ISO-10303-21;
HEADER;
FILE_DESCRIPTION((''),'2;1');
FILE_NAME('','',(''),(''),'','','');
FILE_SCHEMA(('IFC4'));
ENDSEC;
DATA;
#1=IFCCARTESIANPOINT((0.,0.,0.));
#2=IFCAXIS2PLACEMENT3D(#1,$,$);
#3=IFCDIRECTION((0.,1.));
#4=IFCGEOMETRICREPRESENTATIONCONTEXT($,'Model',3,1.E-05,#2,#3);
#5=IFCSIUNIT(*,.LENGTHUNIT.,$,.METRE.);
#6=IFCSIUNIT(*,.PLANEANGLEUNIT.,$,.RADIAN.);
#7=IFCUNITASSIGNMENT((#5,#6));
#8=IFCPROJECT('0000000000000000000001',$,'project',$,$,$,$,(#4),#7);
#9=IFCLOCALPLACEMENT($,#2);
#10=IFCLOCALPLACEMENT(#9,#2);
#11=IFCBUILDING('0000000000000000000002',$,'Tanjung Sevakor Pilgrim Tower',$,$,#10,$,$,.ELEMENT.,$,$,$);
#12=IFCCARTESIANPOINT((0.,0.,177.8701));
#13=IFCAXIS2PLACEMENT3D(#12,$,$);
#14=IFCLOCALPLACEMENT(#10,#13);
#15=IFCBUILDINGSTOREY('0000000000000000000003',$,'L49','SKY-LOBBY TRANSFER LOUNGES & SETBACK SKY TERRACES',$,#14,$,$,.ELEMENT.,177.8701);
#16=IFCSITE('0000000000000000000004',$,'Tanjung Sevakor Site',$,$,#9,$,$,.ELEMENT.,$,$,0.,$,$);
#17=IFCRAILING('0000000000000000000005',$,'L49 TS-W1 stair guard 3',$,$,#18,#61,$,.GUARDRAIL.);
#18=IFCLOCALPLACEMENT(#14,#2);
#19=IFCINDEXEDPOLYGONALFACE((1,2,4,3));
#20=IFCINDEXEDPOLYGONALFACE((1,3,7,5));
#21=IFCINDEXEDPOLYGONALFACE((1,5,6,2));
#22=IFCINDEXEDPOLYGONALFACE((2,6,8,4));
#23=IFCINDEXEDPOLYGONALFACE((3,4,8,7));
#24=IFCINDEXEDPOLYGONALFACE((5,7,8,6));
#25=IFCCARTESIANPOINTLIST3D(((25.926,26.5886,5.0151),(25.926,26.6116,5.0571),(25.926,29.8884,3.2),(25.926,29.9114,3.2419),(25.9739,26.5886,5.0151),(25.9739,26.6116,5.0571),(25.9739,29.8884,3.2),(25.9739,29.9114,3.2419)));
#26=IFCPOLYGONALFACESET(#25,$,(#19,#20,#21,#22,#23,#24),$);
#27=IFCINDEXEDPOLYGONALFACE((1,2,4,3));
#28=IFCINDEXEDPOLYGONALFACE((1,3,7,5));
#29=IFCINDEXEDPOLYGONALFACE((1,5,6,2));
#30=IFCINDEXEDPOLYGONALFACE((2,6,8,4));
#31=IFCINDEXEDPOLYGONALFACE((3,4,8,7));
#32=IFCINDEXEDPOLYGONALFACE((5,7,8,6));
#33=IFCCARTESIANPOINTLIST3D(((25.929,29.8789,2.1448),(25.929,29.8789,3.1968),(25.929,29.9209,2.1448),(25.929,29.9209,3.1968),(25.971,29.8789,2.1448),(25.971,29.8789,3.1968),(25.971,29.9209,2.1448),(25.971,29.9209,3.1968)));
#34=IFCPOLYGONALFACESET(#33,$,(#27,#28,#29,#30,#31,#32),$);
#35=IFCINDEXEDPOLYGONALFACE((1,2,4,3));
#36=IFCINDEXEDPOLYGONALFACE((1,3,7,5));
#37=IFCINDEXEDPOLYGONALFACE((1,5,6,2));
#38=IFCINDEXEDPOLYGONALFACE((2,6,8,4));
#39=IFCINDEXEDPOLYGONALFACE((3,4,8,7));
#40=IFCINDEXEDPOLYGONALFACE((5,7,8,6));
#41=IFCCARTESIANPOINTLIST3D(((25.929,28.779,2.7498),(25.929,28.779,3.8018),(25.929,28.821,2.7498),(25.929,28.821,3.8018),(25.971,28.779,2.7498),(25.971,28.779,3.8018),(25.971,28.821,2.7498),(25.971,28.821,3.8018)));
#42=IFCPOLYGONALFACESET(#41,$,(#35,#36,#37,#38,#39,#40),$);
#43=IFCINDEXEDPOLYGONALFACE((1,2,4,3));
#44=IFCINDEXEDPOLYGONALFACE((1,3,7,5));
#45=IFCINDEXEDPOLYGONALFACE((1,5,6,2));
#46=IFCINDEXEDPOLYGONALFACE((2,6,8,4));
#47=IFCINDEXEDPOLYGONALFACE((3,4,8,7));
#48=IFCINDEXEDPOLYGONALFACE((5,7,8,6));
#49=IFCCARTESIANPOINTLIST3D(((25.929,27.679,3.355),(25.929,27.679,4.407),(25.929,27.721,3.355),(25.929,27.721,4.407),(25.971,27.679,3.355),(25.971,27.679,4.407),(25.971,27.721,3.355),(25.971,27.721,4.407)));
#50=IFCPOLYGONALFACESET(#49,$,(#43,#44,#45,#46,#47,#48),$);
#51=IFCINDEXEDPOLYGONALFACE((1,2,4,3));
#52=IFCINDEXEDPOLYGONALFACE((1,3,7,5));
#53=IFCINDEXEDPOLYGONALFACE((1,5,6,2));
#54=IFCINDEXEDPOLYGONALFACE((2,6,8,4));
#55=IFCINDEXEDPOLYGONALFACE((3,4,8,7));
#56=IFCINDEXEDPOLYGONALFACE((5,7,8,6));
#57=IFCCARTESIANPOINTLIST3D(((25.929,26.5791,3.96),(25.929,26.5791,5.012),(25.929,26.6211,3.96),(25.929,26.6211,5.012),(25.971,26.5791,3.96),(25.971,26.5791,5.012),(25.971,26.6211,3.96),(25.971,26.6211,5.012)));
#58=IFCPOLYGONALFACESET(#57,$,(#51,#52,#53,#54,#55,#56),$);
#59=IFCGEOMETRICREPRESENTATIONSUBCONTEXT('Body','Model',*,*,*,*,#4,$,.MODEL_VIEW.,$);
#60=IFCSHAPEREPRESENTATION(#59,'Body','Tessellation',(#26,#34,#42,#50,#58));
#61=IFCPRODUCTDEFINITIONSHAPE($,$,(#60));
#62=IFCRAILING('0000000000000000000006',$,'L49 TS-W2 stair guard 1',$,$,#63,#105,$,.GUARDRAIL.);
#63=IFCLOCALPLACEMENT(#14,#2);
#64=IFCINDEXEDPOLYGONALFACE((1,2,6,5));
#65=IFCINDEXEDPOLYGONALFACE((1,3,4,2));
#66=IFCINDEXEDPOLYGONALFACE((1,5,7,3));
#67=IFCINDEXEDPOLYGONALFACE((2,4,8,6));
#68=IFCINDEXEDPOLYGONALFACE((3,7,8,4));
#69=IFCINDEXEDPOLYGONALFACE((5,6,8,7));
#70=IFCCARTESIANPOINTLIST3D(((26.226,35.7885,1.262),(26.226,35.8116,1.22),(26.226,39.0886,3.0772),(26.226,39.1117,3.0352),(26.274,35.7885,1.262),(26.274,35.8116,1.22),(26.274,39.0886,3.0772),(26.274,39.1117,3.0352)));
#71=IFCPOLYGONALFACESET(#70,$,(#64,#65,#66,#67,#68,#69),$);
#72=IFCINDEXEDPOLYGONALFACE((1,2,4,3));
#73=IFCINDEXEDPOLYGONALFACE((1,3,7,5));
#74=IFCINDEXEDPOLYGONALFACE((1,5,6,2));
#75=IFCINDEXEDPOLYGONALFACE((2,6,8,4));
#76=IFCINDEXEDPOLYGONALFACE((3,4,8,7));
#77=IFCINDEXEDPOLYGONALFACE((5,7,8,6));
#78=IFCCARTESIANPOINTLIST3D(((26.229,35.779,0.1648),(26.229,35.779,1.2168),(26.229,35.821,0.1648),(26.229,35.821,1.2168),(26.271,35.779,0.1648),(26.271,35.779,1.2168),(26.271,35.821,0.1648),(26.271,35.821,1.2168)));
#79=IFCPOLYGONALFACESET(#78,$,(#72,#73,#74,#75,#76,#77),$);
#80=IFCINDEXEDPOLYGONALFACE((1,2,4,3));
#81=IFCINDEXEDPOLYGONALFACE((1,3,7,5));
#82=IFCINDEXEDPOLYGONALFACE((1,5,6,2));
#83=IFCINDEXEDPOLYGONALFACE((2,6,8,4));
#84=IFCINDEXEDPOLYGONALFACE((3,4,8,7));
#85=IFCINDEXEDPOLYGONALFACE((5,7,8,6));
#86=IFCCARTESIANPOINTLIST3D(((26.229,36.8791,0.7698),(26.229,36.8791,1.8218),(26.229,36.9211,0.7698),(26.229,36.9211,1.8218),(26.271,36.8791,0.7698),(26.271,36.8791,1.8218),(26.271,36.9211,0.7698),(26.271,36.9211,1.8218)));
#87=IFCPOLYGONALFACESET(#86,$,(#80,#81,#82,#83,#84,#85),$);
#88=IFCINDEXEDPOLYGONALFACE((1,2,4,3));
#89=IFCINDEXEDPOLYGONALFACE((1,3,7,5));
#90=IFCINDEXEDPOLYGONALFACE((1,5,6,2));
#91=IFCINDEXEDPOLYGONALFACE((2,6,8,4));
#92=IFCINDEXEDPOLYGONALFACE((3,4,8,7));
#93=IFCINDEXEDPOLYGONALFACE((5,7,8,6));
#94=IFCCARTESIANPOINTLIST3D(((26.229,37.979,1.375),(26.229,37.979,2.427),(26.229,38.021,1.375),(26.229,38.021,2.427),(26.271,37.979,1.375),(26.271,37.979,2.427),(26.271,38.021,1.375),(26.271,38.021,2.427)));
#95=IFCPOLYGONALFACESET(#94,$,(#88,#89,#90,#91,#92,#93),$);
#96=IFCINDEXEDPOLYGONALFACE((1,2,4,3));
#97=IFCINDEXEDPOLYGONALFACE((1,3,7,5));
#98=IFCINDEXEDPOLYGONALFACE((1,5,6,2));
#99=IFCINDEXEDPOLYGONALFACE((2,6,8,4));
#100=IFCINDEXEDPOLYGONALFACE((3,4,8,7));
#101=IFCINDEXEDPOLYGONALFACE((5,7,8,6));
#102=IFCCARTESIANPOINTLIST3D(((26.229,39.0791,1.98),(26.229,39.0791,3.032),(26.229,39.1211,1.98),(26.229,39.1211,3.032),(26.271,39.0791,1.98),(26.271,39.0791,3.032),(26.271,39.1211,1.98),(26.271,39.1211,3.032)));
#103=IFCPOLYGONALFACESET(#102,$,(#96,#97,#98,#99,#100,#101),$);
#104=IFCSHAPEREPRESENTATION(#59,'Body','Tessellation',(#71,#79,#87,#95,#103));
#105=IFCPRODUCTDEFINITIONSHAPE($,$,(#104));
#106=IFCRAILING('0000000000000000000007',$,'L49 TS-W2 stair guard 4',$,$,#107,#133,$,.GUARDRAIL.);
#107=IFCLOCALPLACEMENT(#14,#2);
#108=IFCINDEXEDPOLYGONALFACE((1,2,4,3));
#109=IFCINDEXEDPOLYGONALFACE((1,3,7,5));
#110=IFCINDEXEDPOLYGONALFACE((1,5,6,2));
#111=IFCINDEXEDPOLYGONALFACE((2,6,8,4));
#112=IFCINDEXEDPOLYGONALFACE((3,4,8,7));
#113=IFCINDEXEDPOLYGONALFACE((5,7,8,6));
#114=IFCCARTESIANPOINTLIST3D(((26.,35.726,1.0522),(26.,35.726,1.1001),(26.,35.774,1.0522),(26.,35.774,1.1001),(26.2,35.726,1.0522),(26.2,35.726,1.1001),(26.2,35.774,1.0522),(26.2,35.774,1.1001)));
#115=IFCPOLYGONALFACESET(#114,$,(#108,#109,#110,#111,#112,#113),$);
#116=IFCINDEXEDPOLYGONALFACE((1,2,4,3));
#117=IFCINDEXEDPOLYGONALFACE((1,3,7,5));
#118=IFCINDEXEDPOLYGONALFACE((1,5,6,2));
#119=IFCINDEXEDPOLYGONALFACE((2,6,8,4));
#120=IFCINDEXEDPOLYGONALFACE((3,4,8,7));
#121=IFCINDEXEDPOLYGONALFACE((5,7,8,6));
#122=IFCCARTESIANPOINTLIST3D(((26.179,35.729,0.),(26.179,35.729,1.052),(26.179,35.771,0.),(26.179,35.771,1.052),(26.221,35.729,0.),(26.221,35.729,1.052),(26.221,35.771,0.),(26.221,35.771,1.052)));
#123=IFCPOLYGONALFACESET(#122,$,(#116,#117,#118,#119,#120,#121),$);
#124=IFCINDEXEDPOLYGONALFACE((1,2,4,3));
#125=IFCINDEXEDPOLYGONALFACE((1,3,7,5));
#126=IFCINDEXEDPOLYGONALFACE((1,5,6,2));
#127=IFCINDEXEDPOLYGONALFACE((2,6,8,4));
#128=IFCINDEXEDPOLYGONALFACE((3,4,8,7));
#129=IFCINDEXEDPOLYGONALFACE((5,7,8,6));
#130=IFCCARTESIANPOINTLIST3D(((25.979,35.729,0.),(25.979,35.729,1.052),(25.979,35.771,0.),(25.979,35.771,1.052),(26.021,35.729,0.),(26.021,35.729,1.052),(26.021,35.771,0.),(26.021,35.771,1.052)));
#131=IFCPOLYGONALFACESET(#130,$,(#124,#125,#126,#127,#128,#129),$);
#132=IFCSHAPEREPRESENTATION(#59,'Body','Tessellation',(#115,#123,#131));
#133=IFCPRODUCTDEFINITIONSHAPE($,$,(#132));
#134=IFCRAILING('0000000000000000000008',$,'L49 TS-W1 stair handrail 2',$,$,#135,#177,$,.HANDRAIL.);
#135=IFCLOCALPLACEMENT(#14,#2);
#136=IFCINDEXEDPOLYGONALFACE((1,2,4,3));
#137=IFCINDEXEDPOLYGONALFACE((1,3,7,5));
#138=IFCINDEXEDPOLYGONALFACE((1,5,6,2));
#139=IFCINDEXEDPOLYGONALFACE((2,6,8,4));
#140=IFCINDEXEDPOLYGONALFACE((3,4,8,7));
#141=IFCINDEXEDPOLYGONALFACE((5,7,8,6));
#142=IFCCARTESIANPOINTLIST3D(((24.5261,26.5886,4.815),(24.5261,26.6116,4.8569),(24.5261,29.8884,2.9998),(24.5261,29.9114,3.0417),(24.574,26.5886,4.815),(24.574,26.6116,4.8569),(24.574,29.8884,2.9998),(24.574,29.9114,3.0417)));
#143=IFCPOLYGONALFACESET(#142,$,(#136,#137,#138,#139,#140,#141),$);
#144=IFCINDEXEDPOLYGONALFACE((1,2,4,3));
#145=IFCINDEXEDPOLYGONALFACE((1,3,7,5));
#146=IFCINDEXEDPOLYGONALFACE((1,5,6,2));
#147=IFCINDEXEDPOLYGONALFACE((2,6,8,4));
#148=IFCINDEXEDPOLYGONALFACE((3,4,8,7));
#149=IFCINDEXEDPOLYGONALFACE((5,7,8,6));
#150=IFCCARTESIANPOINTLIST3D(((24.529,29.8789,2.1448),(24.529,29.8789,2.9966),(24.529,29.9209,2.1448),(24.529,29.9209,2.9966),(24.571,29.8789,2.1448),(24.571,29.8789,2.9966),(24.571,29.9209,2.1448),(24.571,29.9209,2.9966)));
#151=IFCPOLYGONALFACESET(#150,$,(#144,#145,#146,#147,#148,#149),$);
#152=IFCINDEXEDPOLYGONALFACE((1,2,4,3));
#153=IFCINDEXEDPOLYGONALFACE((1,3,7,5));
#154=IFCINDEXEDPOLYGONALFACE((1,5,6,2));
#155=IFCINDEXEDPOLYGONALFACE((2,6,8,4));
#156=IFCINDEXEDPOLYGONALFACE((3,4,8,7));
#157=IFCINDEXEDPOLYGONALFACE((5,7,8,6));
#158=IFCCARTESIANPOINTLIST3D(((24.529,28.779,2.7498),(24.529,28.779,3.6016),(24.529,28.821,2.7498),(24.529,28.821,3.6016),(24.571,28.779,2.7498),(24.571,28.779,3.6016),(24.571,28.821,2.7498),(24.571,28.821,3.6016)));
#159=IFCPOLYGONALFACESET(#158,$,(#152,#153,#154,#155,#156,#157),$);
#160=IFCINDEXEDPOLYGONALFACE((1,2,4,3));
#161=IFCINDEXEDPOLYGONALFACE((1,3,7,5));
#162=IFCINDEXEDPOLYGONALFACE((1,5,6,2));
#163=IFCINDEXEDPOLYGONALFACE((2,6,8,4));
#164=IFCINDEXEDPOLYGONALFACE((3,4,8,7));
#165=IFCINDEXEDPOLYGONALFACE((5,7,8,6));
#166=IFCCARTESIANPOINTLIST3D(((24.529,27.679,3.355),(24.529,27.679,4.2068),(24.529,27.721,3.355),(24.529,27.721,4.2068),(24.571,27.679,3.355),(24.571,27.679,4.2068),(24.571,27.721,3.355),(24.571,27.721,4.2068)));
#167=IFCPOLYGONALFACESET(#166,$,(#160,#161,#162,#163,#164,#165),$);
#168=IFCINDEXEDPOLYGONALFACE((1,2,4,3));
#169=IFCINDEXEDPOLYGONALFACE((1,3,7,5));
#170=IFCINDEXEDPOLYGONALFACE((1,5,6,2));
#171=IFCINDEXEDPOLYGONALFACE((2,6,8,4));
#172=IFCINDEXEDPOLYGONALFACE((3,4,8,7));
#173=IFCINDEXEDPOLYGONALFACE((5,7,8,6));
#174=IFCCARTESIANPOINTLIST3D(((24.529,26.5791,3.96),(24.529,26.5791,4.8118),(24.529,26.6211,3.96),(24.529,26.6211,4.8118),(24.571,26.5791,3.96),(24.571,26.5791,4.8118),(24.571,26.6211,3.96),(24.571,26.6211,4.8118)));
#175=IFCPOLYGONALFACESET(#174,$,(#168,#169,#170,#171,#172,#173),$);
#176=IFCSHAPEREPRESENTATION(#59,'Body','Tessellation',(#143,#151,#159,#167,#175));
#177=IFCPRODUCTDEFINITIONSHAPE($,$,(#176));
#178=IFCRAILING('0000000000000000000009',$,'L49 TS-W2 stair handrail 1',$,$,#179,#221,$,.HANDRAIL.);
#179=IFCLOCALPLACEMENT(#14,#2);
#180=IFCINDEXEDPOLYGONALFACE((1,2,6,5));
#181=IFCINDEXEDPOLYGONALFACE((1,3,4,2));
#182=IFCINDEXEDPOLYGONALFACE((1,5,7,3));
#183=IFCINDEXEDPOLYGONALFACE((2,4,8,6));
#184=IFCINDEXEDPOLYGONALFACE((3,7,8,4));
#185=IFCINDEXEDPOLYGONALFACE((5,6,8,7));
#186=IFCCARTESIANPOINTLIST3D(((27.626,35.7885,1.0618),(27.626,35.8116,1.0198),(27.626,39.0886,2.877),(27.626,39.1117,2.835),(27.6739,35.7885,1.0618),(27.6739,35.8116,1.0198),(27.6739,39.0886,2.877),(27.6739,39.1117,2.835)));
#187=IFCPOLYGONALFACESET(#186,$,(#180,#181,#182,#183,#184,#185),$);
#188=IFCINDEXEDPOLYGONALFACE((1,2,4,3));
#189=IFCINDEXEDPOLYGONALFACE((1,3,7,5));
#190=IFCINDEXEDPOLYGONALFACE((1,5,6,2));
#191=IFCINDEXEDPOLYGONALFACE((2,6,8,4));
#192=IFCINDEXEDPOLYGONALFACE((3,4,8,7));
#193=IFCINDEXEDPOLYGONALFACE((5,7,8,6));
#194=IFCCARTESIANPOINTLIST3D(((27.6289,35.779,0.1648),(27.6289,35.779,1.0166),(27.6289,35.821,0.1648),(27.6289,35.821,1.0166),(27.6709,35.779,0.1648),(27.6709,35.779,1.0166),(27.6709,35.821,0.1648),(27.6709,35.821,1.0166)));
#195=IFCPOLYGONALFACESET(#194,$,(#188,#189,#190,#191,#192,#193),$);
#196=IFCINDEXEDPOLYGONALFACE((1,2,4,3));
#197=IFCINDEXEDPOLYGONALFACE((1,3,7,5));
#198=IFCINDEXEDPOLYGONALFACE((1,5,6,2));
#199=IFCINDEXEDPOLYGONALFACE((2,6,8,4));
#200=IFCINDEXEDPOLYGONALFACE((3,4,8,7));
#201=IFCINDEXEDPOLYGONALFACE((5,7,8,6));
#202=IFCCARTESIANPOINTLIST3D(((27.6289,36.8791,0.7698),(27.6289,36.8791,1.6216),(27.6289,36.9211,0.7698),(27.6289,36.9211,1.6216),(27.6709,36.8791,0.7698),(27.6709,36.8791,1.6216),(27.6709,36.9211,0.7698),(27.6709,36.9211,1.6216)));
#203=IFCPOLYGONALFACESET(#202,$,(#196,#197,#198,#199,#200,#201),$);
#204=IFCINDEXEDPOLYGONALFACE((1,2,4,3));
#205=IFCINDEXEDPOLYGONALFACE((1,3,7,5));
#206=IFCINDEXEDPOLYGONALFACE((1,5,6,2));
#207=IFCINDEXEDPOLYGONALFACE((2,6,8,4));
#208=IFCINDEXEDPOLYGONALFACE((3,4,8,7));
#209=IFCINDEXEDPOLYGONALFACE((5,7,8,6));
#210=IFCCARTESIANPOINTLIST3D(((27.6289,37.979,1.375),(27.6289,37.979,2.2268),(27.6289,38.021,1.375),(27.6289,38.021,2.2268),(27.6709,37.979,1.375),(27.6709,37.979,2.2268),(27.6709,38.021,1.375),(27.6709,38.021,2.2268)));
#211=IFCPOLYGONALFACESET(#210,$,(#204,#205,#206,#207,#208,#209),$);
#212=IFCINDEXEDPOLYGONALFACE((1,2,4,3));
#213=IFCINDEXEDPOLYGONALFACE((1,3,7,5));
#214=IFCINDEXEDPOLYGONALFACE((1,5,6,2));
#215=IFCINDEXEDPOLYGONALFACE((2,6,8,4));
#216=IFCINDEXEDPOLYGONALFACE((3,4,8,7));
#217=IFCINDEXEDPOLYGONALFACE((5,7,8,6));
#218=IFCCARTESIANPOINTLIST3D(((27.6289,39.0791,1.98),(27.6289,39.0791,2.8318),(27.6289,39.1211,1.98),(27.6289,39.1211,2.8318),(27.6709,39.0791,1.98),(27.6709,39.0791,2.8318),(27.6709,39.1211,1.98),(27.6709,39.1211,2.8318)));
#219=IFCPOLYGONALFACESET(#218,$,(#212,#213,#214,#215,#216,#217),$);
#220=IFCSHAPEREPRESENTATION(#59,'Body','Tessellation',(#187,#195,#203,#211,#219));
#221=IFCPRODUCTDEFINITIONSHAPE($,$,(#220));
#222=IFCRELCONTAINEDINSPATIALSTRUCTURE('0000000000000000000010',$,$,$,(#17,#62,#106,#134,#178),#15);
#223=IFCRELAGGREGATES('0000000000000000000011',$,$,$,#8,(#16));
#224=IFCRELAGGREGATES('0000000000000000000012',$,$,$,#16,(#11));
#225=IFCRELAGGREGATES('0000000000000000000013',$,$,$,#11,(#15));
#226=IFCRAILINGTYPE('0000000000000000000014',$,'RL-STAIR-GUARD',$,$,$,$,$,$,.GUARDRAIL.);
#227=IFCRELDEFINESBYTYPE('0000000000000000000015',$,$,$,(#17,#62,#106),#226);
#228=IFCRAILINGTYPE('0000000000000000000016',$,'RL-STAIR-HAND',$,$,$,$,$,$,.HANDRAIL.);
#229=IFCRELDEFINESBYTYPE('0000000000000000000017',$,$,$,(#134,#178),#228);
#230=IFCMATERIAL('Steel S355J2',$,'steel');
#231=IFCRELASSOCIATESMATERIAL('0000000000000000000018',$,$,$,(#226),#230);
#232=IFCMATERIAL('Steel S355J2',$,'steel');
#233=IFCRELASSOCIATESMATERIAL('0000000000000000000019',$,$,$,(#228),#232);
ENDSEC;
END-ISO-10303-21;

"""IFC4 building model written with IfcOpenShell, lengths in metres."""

from ifc_helpers import new_model, si_unit, direction, frame, origin, place, context, subcontext, project, spatial, rectangle, extrude, material, type_object, element, save


model = new_model("IFC4")

# Units and contexts
model_context = context("Model", 3, precision=1e-05, world=origin(), true_north=direction((0.0, 1.0)))
body_context = subcontext(model_context, "Body", "Model", "MODEL_VIEW")
ifc_project = project(units=[si_unit("LENGTHUNIT", "METRE"), si_unit("PLANEANGLEUNIT", "RADIAN")], contexts=[model_context])

# Site, building, storey
site_placement = place(None, origin())
site = spatial("IfcSite", under=ifc_project, at=site_placement, Name="Tanjung Sevakor Site", CompositionType="ELEMENT", RefElevation=0.0)
building_placement = place(site_placement, origin())
building = spatial("IfcBuilding", under=site, at=building_placement, Name="Tanjung Sevakor Pilgrim Tower", CompositionType="ELEMENT")
storey_placement = place(building_placement, frame((0.0, 0.0, 177.8701)))
storey = spatial("IfcBuildingStorey", under=building, at=storey_placement, Name="L49", Description="SKY-LOBBY TRANSFER LOUNGES & SETBACK SKY TERRACES", CompositionType="ELEMENT", Elevation=177.8701)

# Railings
ifc_material_1 = material(Name="Steel S355J2", Category="steel")
railing_type_1 = type_object("IfcRailingType", Name="RL-STAIR-GUARD", PredefinedType="GUARDRAIL", material=ifc_material_1)
railing_1_placement = place(storey_placement, frame((25.95, 29.8999, 2.1448)))
element("IfcRailing", 1, at=railing_1_placement, inside=storey, type_object=railing_type_1, Name="L49 TS-W1 stair guard 3", PredefinedType="GUARDRAIL", context=body_context, shape_type="SweptSolid", body=[
    extrude(rectangle(XDim=0.0479, YDim=0.0479), frame((0.0, 0.0, 1.0762), z_axis=(0.0, -0.876183, 0.481978), x_axis=(1.0, 0.0, 0.0)), (0.0, 0.0, 1.0), 3.7661),
    extrude(rectangle(XDim=0.042, YDim=0.042), origin(), (0.0, 0.0, 1.0), 1.052),
    extrude(rectangle(XDim=0.042, YDim=0.042), frame((0.0, -1.0999, 0.605)), (0.0, 0.0, 1.0), 1.052),
    extrude(rectangle(XDim=0.042, YDim=0.042), frame((0.0, -2.2, 1.2102)), (0.0, 0.0, 1.0), 1.052),
    extrude(rectangle(XDim=0.042, YDim=0.042), frame((0.0, -3.2998, 1.8152)), (0.0, 0.0, 1.0), 1.052),
])
railing_2_placement = place(storey_placement, frame((26.25, 35.8, 0.1648)))
element("IfcRailing", 2, at=railing_2_placement, inside=storey, type_object=railing_type_1, Name="L49 TS-W2 stair guard 1", PredefinedType="GUARDRAIL", context=body_context, shape_type="SweptSolid", body=[
    extrude(rectangle(XDim=0.0479, YDim=0.0479), frame((0.0, 0.0, 1.0762), z_axis=(0.0, 0.876198, 0.481951), x_axis=(-1.0, 0.0, 0.0)), (0.0, 0.0, 1.0), 3.7664),
    extrude(rectangle(XDim=0.042, YDim=0.042), origin(), (0.0, 0.0, 1.0), 1.052),
    extrude(rectangle(XDim=0.042, YDim=0.042), frame((0.0, 1.1001, 0.605)), (0.0, 0.0, 1.0), 1.052),
    extrude(rectangle(XDim=0.042, YDim=0.042), frame((0.0, 2.2, 1.2102)), (0.0, 0.0, 1.0), 1.052),
    extrude(rectangle(XDim=0.042, YDim=0.042), frame((0.0, 3.3, 1.8152)), (0.0, 0.0, 1.0), 1.052),
])
railing_3_placement = place(storey_placement, frame((26.2, 35.75, 0.0)))
element("IfcRailing", 3, at=railing_3_placement, inside=storey, type_object=railing_type_1, Name="L49 TS-W2 stair guard 4", PredefinedType="GUARDRAIL", context=body_context, shape_type="SweptSolid", body=[
    extrude(rectangle(XDim=0.0479, YDim=0.0479), frame((0.0, 0.0, 1.0762), z_axis=(-1.0, 0.0, 0.0), x_axis=(0.0, -1.0, 0.0)), (0.0, 0.0, 1.0), 0.2),
    extrude(rectangle(XDim=0.042, YDim=0.042), origin(), (0.0, 0.0, 1.0), 1.052),
    extrude(rectangle(XDim=0.042, YDim=0.042), frame((-0.2, 0.0, 0.0)), (0.0, 0.0, 1.0), 1.052),
])
ifc_material_2 = material(Name="Steel S355J2", Category="steel")
railing_type_2 = type_object("IfcRailingType", Name="RL-STAIR-HAND", PredefinedType="HANDRAIL", material=ifc_material_2)
railing_4_placement = place(storey_placement, frame((24.55, 29.8999, 2.1448)))
element("IfcRailing", 4, at=railing_4_placement, inside=storey, type_object=railing_type_2, Name="L49 TS-W1 stair handrail 2", PredefinedType="HANDRAIL", context=body_context, shape_type="SweptSolid", body=[
    extrude(rectangle(XDim=0.0479, YDim=0.0479), frame((0.0, 0.0, 0.876), z_axis=(0.0, -0.876183, 0.481978), x_axis=(1.0, 0.0, 0.0)), (0.0, 0.0, 1.0), 3.7661),
    extrude(rectangle(XDim=0.042, YDim=0.042), origin(), (0.0, 0.0, 1.0), 0.8518),
    extrude(rectangle(XDim=0.042, YDim=0.042), frame((0.0, -1.0999, 0.605)), (0.0, 0.0, 1.0), 0.8518),
    extrude(rectangle(XDim=0.042, YDim=0.042), frame((0.0, -2.2, 1.2102)), (0.0, 0.0, 1.0), 0.8518),
    extrude(rectangle(XDim=0.042, YDim=0.042), frame((0.0, -3.2998, 1.8152)), (0.0, 0.0, 1.0), 0.8518),
])
railing_5_placement = place(storey_placement, frame((27.6499, 35.8, 0.1648)))
element("IfcRailing", 5, at=railing_5_placement, inside=storey, type_object=railing_type_2, Name="L49 TS-W2 stair handrail 1", PredefinedType="HANDRAIL", context=body_context, shape_type="SweptSolid", body=[
    extrude(rectangle(XDim=0.0479, YDim=0.0479), frame((0.0, 0.0, 0.876), z_axis=(0.0, 0.876198, 0.481951), x_axis=(-1.0, 0.0, 0.0)), (0.0, 0.0, 1.0), 3.7664),
    extrude(rectangle(XDim=0.042, YDim=0.042), origin(), (0.0, 0.0, 1.0), 0.8518),
    extrude(rectangle(XDim=0.042, YDim=0.042), frame((0.0, 1.1001, 0.605)), (0.0, 0.0, 1.0), 0.8518),
    extrude(rectangle(XDim=0.042, YDim=0.042), frame((0.0, 2.2, 1.2102)), (0.0, 0.0, 1.0), 0.8518),
    extrude(rectangle(XDim=0.042, YDim=0.042), frame((0.0, 3.3, 1.8152)), (0.0, 0.0, 1.0), 0.8518),
])

save(model, "model.ifc")
